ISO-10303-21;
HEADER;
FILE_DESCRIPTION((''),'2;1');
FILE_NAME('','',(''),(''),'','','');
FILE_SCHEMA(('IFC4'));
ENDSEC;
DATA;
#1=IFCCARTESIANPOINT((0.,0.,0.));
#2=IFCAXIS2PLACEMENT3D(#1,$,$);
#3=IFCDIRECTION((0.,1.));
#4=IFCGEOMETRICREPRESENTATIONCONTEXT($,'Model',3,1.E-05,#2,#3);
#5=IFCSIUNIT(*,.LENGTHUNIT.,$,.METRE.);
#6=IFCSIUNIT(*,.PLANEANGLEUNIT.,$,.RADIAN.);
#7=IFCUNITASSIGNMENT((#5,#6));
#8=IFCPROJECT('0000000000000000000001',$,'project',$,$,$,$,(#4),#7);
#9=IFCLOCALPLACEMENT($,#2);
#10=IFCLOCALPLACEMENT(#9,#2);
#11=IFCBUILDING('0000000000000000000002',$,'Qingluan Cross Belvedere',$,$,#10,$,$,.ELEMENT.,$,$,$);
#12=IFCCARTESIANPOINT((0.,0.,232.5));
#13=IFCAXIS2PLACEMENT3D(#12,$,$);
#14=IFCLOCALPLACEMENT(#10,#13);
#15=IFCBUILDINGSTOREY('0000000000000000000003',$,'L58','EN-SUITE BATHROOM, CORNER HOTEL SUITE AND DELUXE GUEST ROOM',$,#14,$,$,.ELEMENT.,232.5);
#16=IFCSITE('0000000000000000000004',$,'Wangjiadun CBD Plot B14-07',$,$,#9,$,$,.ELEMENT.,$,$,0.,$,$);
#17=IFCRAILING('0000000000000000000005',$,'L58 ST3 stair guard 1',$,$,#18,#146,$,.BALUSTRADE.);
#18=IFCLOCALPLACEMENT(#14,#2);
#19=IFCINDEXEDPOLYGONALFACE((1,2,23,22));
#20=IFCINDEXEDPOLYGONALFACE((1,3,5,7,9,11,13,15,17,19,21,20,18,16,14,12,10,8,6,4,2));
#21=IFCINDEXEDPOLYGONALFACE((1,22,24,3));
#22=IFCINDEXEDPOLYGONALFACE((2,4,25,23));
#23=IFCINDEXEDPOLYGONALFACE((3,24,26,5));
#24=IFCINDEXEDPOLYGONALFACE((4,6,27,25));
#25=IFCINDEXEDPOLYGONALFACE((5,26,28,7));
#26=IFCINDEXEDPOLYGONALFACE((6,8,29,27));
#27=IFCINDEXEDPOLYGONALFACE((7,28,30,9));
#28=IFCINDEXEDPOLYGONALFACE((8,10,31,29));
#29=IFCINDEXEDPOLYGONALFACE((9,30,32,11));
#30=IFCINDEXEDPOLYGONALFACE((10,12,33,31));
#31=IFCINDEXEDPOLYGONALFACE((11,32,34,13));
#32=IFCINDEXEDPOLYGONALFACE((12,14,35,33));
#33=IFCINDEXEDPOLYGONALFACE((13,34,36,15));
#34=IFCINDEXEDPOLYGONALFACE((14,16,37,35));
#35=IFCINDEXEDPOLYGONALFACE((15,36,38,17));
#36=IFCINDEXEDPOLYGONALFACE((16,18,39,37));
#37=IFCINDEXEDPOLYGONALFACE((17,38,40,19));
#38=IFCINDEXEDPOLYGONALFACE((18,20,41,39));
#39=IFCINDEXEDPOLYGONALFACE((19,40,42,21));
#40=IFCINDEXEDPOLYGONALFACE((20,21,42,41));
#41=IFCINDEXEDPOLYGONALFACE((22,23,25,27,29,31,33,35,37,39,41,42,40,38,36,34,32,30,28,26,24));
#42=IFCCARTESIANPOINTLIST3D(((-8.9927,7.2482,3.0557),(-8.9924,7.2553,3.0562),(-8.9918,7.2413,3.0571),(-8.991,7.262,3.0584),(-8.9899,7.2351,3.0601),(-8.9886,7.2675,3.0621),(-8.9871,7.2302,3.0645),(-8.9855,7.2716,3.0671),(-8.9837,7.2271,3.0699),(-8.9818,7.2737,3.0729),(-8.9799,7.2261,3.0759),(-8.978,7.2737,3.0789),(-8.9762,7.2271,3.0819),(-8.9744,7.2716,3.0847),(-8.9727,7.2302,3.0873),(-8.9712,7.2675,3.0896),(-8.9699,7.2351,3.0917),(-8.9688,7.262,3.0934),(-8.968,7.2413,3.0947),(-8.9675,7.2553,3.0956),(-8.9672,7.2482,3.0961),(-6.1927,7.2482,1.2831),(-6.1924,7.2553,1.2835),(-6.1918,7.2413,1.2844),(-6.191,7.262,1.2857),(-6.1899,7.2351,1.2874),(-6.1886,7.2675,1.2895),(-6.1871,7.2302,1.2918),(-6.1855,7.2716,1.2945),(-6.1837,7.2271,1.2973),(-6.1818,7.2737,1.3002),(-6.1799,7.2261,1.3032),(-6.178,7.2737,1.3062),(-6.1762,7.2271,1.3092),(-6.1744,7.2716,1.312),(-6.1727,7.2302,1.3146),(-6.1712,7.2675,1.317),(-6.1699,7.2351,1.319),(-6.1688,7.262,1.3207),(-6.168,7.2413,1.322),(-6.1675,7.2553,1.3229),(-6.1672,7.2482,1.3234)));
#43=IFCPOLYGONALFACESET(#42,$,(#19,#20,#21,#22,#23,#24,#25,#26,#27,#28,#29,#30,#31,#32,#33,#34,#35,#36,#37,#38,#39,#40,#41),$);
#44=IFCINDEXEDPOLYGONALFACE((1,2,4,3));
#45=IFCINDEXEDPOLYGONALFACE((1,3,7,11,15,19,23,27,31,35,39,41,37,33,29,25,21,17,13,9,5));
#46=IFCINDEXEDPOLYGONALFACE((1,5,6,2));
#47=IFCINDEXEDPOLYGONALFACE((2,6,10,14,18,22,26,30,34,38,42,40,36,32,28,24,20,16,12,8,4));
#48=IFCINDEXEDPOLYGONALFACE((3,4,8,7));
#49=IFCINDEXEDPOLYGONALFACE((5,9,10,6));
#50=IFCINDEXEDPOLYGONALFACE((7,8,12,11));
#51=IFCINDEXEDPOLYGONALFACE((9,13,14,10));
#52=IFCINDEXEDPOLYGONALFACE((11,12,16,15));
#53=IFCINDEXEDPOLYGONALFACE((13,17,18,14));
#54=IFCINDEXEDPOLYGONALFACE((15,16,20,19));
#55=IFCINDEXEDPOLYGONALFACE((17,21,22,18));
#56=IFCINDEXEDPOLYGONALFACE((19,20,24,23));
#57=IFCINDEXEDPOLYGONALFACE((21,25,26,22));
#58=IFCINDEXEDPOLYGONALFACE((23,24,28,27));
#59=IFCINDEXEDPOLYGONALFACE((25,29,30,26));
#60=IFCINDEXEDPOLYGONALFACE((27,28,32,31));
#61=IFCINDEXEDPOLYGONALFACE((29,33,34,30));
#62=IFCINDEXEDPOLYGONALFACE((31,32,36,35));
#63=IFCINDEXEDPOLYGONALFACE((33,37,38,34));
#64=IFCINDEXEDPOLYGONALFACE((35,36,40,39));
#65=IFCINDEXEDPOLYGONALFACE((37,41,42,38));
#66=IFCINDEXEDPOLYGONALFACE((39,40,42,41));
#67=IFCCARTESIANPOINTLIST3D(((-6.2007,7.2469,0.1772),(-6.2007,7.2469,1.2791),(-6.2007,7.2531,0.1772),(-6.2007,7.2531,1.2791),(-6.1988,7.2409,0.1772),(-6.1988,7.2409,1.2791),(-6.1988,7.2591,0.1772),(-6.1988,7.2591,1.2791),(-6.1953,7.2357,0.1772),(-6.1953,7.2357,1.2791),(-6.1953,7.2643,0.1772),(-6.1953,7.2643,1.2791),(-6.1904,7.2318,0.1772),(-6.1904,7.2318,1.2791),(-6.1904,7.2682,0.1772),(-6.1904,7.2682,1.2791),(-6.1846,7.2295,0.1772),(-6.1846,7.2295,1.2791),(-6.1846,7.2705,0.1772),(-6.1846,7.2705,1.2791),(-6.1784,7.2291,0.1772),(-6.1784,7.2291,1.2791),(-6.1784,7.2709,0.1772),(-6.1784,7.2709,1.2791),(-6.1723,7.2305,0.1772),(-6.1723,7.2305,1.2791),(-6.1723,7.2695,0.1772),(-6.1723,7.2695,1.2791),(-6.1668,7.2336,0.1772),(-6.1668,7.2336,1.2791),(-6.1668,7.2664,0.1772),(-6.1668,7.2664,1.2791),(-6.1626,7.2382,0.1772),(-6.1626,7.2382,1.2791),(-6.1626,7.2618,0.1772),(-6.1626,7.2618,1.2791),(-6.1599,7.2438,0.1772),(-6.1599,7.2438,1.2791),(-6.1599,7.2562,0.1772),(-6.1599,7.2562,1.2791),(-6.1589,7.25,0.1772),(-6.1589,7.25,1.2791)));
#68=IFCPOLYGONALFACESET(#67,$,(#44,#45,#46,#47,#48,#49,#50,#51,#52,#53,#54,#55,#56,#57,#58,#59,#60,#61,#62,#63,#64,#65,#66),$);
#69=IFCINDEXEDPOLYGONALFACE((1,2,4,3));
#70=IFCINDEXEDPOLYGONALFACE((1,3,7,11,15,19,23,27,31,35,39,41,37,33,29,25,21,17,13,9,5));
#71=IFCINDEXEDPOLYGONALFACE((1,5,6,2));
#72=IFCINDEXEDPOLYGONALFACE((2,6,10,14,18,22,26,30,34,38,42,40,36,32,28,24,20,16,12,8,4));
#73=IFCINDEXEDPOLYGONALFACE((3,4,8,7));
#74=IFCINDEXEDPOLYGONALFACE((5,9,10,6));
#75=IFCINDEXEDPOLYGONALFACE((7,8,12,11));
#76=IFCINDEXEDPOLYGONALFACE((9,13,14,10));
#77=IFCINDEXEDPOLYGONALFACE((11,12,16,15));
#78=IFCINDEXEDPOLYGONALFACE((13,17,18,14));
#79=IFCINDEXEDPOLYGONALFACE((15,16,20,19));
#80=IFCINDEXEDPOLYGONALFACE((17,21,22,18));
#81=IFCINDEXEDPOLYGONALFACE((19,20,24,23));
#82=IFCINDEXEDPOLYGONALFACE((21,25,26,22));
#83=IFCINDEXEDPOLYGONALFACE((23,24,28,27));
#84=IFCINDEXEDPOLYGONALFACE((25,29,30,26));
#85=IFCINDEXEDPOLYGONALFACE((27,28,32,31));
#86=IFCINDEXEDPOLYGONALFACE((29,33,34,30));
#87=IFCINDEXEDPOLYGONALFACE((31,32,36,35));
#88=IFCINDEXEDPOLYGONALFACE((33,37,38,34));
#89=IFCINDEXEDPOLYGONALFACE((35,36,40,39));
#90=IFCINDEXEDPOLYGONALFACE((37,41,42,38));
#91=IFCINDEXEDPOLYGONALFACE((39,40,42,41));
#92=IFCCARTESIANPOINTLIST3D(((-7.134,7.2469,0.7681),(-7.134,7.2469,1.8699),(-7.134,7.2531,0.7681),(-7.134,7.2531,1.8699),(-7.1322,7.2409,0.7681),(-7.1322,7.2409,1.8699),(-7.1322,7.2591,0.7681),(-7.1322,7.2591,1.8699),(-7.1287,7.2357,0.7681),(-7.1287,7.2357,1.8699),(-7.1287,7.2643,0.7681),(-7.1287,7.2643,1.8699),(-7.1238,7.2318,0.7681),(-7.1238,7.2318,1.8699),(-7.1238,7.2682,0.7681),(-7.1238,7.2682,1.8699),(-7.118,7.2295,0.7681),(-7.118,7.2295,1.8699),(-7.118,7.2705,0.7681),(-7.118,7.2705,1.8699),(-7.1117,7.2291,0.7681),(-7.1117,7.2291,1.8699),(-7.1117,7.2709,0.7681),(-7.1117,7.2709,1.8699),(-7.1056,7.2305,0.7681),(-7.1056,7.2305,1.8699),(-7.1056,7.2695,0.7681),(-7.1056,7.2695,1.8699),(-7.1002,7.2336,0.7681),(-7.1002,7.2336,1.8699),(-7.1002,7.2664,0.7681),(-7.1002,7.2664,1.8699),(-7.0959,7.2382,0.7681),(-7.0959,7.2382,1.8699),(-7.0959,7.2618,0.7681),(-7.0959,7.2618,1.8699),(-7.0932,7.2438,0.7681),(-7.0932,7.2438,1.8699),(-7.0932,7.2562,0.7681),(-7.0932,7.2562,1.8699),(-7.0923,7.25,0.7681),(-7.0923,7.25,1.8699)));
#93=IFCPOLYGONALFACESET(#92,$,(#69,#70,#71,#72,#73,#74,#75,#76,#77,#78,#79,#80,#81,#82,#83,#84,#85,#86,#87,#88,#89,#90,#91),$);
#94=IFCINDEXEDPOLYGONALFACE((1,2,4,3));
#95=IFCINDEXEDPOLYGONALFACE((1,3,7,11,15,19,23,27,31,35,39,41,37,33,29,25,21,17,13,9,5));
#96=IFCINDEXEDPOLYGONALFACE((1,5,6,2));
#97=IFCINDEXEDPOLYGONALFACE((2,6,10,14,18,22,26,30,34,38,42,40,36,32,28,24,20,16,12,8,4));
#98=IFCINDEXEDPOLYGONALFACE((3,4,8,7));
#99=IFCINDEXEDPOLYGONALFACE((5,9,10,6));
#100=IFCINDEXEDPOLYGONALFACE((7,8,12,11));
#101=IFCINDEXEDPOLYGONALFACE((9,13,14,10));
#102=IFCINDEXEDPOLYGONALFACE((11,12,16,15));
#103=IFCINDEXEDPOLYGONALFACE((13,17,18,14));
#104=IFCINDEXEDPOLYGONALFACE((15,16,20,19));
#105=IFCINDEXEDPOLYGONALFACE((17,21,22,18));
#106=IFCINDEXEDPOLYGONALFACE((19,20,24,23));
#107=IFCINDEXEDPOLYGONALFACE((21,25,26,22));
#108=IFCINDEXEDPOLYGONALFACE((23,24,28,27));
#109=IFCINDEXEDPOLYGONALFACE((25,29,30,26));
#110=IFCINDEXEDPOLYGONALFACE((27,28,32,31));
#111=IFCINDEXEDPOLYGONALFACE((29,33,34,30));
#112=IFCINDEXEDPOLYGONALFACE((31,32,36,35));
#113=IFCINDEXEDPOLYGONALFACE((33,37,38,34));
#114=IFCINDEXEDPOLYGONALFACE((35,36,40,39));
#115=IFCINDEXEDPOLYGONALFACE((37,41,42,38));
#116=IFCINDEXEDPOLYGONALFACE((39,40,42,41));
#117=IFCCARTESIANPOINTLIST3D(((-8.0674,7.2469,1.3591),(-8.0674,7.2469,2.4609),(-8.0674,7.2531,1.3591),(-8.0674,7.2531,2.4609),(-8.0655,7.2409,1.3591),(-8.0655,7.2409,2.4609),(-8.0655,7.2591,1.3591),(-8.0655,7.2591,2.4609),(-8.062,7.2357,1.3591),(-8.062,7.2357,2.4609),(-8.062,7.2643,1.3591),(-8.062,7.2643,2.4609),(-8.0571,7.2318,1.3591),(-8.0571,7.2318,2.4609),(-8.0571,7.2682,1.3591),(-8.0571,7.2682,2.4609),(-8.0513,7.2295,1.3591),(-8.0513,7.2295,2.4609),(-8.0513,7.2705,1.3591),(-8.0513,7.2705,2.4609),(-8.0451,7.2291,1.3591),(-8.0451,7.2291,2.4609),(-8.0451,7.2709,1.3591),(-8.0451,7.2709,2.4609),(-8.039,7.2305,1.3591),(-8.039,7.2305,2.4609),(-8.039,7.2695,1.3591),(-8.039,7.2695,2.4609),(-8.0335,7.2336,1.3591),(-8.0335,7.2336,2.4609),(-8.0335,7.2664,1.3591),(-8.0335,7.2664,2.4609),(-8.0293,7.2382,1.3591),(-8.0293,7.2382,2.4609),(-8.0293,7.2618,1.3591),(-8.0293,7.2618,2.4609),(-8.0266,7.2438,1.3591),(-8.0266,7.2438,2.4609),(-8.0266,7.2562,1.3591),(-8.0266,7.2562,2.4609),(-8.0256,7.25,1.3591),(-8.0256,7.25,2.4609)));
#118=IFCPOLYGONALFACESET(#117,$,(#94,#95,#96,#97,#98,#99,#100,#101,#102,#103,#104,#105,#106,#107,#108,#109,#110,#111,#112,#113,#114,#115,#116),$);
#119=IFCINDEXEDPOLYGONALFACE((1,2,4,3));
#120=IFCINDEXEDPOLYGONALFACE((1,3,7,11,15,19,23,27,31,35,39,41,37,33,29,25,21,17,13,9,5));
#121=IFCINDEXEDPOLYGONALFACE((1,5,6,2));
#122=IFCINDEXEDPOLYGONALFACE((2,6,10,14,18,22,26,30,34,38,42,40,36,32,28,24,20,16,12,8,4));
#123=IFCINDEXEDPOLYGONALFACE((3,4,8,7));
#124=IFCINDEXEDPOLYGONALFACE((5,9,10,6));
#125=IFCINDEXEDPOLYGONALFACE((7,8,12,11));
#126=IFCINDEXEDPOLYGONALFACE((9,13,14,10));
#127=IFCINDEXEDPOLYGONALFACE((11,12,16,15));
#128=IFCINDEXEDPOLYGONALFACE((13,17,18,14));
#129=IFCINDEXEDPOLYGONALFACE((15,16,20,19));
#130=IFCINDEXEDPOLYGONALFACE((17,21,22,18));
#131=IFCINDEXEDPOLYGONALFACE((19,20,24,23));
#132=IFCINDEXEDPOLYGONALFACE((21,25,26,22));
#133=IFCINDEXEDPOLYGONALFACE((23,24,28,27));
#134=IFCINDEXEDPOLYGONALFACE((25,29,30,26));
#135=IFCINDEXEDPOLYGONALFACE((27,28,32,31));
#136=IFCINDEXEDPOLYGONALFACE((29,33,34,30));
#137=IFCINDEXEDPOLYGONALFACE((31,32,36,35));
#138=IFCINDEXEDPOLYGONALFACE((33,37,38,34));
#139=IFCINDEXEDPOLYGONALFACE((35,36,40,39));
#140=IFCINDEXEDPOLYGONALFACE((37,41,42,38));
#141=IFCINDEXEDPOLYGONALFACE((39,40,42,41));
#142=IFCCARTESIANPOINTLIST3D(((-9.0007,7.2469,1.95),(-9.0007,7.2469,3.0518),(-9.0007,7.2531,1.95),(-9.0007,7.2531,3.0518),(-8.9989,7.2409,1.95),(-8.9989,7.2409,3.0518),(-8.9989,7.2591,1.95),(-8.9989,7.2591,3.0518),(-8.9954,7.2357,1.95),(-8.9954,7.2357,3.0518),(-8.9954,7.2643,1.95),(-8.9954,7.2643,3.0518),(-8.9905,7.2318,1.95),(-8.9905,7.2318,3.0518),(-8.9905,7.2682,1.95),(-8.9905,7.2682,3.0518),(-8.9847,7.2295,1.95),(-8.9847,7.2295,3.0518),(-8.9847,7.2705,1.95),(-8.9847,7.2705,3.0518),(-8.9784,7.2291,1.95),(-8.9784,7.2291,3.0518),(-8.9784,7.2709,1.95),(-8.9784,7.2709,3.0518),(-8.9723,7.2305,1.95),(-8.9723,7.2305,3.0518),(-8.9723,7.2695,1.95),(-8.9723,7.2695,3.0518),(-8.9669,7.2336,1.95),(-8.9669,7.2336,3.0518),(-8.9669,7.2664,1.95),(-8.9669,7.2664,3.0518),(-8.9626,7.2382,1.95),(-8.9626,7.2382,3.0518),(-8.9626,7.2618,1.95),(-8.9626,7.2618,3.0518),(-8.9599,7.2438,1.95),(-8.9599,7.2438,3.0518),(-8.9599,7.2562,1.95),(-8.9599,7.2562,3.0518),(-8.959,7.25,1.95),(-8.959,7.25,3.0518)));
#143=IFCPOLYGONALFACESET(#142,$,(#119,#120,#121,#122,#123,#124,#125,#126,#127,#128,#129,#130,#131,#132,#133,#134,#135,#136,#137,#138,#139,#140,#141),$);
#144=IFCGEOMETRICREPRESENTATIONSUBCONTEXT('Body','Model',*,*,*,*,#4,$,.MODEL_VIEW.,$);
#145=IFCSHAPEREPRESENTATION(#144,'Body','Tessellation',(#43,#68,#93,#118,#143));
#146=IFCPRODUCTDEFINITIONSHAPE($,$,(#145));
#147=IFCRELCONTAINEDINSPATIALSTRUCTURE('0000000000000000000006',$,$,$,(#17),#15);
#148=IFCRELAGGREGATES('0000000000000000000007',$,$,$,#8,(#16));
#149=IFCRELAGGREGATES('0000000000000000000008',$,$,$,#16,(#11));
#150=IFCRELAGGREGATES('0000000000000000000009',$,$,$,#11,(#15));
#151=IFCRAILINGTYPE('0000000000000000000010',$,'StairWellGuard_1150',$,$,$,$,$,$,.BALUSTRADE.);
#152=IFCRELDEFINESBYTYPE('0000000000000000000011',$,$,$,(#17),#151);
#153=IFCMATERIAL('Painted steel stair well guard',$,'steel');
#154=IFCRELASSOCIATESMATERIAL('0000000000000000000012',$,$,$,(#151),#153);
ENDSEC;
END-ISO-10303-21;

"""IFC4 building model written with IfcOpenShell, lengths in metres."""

from ifc_helpers import new_model, si_unit, direction, frame, origin, origin_2d, place, context, subcontext, project, spatial, circle, extrude, material, type_object, element, save


model = new_model("IFC4")

# Units and contexts
model_context = context("Model", 3, precision=1e-05, world=origin(), true_north=direction((0.0, 1.0)))
body_context = subcontext(model_context, "Body", "Model", "MODEL_VIEW")
ifc_project = project(units=[si_unit("LENGTHUNIT", "METRE"), si_unit("PLANEANGLEUNIT", "RADIAN")], contexts=[model_context])

# Site, building, storey
site_placement = place(None, origin())
site = spatial("IfcSite", under=ifc_project, at=site_placement, Name="Wangjiadun CBD Plot B14-07", CompositionType="ELEMENT", RefElevation=0.0)
building_placement = place(site_placement, origin())
building = spatial("IfcBuilding", under=site, at=building_placement, Name="Qingluan Cross Belvedere", CompositionType="ELEMENT")
storey_placement = place(building_placement, frame((0.0, 0.0, 232.5)))
storey = spatial("IfcBuildingStorey", under=building, at=storey_placement, Name="L58", Description="EN-SUITE BATHROOM, CORNER HOTEL SUITE AND DELUXE GUEST ROOM", CompositionType="ELEMENT", Elevation=232.5)

# Railing
ifc_material_1 = material(Name="Painted steel stair well guard", Category="steel")
railing_type_1 = type_object("IfcRailingType", Name="StairWellGuard_1150", PredefinedType="BALUSTRADE", material=ifc_material_1)
railing_1_placement = place(storey_placement, frame((-6.1799, 7.25, 0.1772)))
element("IfcRailing", 1, at=railing_1_placement, inside=storey, type_object=railing_type_1, Name="L58 ST3 stair guard 1", PredefinedType="BALUSTRADE", context=body_context, shape_type="SweptSolid", body=[
    extrude(circle(Radius=0.0239, at=origin_2d()), frame((0.0, 0.0, 1.126), z_axis=(-0.844909, 0.0, 0.53491), x_axis=(0.0, -1.0, 0.0)), (0.0, 0.0, 1.0), 3.314),
    extrude(circle(Radius=0.021, at=origin_2d()), origin(), (0.0, 0.0, 1.0), 1.1018),
    extrude(circle(Radius=0.021, at=origin_2d()), frame((-0.9333, 0.0, 0.5908)), (0.0, 0.0, 1.0), 1.1018),
    extrude(circle(Radius=0.021, at=origin_2d()), frame((-1.8667, 0.0, 1.1819)), (0.0, 0.0, 1.0), 1.1018),
    extrude(circle(Radius=0.021, at=origin_2d()), frame((-2.8, 0.0, 1.7727)), (0.0, 0.0, 1.0), 1.1018),
])

save(model, "model.ifc")
